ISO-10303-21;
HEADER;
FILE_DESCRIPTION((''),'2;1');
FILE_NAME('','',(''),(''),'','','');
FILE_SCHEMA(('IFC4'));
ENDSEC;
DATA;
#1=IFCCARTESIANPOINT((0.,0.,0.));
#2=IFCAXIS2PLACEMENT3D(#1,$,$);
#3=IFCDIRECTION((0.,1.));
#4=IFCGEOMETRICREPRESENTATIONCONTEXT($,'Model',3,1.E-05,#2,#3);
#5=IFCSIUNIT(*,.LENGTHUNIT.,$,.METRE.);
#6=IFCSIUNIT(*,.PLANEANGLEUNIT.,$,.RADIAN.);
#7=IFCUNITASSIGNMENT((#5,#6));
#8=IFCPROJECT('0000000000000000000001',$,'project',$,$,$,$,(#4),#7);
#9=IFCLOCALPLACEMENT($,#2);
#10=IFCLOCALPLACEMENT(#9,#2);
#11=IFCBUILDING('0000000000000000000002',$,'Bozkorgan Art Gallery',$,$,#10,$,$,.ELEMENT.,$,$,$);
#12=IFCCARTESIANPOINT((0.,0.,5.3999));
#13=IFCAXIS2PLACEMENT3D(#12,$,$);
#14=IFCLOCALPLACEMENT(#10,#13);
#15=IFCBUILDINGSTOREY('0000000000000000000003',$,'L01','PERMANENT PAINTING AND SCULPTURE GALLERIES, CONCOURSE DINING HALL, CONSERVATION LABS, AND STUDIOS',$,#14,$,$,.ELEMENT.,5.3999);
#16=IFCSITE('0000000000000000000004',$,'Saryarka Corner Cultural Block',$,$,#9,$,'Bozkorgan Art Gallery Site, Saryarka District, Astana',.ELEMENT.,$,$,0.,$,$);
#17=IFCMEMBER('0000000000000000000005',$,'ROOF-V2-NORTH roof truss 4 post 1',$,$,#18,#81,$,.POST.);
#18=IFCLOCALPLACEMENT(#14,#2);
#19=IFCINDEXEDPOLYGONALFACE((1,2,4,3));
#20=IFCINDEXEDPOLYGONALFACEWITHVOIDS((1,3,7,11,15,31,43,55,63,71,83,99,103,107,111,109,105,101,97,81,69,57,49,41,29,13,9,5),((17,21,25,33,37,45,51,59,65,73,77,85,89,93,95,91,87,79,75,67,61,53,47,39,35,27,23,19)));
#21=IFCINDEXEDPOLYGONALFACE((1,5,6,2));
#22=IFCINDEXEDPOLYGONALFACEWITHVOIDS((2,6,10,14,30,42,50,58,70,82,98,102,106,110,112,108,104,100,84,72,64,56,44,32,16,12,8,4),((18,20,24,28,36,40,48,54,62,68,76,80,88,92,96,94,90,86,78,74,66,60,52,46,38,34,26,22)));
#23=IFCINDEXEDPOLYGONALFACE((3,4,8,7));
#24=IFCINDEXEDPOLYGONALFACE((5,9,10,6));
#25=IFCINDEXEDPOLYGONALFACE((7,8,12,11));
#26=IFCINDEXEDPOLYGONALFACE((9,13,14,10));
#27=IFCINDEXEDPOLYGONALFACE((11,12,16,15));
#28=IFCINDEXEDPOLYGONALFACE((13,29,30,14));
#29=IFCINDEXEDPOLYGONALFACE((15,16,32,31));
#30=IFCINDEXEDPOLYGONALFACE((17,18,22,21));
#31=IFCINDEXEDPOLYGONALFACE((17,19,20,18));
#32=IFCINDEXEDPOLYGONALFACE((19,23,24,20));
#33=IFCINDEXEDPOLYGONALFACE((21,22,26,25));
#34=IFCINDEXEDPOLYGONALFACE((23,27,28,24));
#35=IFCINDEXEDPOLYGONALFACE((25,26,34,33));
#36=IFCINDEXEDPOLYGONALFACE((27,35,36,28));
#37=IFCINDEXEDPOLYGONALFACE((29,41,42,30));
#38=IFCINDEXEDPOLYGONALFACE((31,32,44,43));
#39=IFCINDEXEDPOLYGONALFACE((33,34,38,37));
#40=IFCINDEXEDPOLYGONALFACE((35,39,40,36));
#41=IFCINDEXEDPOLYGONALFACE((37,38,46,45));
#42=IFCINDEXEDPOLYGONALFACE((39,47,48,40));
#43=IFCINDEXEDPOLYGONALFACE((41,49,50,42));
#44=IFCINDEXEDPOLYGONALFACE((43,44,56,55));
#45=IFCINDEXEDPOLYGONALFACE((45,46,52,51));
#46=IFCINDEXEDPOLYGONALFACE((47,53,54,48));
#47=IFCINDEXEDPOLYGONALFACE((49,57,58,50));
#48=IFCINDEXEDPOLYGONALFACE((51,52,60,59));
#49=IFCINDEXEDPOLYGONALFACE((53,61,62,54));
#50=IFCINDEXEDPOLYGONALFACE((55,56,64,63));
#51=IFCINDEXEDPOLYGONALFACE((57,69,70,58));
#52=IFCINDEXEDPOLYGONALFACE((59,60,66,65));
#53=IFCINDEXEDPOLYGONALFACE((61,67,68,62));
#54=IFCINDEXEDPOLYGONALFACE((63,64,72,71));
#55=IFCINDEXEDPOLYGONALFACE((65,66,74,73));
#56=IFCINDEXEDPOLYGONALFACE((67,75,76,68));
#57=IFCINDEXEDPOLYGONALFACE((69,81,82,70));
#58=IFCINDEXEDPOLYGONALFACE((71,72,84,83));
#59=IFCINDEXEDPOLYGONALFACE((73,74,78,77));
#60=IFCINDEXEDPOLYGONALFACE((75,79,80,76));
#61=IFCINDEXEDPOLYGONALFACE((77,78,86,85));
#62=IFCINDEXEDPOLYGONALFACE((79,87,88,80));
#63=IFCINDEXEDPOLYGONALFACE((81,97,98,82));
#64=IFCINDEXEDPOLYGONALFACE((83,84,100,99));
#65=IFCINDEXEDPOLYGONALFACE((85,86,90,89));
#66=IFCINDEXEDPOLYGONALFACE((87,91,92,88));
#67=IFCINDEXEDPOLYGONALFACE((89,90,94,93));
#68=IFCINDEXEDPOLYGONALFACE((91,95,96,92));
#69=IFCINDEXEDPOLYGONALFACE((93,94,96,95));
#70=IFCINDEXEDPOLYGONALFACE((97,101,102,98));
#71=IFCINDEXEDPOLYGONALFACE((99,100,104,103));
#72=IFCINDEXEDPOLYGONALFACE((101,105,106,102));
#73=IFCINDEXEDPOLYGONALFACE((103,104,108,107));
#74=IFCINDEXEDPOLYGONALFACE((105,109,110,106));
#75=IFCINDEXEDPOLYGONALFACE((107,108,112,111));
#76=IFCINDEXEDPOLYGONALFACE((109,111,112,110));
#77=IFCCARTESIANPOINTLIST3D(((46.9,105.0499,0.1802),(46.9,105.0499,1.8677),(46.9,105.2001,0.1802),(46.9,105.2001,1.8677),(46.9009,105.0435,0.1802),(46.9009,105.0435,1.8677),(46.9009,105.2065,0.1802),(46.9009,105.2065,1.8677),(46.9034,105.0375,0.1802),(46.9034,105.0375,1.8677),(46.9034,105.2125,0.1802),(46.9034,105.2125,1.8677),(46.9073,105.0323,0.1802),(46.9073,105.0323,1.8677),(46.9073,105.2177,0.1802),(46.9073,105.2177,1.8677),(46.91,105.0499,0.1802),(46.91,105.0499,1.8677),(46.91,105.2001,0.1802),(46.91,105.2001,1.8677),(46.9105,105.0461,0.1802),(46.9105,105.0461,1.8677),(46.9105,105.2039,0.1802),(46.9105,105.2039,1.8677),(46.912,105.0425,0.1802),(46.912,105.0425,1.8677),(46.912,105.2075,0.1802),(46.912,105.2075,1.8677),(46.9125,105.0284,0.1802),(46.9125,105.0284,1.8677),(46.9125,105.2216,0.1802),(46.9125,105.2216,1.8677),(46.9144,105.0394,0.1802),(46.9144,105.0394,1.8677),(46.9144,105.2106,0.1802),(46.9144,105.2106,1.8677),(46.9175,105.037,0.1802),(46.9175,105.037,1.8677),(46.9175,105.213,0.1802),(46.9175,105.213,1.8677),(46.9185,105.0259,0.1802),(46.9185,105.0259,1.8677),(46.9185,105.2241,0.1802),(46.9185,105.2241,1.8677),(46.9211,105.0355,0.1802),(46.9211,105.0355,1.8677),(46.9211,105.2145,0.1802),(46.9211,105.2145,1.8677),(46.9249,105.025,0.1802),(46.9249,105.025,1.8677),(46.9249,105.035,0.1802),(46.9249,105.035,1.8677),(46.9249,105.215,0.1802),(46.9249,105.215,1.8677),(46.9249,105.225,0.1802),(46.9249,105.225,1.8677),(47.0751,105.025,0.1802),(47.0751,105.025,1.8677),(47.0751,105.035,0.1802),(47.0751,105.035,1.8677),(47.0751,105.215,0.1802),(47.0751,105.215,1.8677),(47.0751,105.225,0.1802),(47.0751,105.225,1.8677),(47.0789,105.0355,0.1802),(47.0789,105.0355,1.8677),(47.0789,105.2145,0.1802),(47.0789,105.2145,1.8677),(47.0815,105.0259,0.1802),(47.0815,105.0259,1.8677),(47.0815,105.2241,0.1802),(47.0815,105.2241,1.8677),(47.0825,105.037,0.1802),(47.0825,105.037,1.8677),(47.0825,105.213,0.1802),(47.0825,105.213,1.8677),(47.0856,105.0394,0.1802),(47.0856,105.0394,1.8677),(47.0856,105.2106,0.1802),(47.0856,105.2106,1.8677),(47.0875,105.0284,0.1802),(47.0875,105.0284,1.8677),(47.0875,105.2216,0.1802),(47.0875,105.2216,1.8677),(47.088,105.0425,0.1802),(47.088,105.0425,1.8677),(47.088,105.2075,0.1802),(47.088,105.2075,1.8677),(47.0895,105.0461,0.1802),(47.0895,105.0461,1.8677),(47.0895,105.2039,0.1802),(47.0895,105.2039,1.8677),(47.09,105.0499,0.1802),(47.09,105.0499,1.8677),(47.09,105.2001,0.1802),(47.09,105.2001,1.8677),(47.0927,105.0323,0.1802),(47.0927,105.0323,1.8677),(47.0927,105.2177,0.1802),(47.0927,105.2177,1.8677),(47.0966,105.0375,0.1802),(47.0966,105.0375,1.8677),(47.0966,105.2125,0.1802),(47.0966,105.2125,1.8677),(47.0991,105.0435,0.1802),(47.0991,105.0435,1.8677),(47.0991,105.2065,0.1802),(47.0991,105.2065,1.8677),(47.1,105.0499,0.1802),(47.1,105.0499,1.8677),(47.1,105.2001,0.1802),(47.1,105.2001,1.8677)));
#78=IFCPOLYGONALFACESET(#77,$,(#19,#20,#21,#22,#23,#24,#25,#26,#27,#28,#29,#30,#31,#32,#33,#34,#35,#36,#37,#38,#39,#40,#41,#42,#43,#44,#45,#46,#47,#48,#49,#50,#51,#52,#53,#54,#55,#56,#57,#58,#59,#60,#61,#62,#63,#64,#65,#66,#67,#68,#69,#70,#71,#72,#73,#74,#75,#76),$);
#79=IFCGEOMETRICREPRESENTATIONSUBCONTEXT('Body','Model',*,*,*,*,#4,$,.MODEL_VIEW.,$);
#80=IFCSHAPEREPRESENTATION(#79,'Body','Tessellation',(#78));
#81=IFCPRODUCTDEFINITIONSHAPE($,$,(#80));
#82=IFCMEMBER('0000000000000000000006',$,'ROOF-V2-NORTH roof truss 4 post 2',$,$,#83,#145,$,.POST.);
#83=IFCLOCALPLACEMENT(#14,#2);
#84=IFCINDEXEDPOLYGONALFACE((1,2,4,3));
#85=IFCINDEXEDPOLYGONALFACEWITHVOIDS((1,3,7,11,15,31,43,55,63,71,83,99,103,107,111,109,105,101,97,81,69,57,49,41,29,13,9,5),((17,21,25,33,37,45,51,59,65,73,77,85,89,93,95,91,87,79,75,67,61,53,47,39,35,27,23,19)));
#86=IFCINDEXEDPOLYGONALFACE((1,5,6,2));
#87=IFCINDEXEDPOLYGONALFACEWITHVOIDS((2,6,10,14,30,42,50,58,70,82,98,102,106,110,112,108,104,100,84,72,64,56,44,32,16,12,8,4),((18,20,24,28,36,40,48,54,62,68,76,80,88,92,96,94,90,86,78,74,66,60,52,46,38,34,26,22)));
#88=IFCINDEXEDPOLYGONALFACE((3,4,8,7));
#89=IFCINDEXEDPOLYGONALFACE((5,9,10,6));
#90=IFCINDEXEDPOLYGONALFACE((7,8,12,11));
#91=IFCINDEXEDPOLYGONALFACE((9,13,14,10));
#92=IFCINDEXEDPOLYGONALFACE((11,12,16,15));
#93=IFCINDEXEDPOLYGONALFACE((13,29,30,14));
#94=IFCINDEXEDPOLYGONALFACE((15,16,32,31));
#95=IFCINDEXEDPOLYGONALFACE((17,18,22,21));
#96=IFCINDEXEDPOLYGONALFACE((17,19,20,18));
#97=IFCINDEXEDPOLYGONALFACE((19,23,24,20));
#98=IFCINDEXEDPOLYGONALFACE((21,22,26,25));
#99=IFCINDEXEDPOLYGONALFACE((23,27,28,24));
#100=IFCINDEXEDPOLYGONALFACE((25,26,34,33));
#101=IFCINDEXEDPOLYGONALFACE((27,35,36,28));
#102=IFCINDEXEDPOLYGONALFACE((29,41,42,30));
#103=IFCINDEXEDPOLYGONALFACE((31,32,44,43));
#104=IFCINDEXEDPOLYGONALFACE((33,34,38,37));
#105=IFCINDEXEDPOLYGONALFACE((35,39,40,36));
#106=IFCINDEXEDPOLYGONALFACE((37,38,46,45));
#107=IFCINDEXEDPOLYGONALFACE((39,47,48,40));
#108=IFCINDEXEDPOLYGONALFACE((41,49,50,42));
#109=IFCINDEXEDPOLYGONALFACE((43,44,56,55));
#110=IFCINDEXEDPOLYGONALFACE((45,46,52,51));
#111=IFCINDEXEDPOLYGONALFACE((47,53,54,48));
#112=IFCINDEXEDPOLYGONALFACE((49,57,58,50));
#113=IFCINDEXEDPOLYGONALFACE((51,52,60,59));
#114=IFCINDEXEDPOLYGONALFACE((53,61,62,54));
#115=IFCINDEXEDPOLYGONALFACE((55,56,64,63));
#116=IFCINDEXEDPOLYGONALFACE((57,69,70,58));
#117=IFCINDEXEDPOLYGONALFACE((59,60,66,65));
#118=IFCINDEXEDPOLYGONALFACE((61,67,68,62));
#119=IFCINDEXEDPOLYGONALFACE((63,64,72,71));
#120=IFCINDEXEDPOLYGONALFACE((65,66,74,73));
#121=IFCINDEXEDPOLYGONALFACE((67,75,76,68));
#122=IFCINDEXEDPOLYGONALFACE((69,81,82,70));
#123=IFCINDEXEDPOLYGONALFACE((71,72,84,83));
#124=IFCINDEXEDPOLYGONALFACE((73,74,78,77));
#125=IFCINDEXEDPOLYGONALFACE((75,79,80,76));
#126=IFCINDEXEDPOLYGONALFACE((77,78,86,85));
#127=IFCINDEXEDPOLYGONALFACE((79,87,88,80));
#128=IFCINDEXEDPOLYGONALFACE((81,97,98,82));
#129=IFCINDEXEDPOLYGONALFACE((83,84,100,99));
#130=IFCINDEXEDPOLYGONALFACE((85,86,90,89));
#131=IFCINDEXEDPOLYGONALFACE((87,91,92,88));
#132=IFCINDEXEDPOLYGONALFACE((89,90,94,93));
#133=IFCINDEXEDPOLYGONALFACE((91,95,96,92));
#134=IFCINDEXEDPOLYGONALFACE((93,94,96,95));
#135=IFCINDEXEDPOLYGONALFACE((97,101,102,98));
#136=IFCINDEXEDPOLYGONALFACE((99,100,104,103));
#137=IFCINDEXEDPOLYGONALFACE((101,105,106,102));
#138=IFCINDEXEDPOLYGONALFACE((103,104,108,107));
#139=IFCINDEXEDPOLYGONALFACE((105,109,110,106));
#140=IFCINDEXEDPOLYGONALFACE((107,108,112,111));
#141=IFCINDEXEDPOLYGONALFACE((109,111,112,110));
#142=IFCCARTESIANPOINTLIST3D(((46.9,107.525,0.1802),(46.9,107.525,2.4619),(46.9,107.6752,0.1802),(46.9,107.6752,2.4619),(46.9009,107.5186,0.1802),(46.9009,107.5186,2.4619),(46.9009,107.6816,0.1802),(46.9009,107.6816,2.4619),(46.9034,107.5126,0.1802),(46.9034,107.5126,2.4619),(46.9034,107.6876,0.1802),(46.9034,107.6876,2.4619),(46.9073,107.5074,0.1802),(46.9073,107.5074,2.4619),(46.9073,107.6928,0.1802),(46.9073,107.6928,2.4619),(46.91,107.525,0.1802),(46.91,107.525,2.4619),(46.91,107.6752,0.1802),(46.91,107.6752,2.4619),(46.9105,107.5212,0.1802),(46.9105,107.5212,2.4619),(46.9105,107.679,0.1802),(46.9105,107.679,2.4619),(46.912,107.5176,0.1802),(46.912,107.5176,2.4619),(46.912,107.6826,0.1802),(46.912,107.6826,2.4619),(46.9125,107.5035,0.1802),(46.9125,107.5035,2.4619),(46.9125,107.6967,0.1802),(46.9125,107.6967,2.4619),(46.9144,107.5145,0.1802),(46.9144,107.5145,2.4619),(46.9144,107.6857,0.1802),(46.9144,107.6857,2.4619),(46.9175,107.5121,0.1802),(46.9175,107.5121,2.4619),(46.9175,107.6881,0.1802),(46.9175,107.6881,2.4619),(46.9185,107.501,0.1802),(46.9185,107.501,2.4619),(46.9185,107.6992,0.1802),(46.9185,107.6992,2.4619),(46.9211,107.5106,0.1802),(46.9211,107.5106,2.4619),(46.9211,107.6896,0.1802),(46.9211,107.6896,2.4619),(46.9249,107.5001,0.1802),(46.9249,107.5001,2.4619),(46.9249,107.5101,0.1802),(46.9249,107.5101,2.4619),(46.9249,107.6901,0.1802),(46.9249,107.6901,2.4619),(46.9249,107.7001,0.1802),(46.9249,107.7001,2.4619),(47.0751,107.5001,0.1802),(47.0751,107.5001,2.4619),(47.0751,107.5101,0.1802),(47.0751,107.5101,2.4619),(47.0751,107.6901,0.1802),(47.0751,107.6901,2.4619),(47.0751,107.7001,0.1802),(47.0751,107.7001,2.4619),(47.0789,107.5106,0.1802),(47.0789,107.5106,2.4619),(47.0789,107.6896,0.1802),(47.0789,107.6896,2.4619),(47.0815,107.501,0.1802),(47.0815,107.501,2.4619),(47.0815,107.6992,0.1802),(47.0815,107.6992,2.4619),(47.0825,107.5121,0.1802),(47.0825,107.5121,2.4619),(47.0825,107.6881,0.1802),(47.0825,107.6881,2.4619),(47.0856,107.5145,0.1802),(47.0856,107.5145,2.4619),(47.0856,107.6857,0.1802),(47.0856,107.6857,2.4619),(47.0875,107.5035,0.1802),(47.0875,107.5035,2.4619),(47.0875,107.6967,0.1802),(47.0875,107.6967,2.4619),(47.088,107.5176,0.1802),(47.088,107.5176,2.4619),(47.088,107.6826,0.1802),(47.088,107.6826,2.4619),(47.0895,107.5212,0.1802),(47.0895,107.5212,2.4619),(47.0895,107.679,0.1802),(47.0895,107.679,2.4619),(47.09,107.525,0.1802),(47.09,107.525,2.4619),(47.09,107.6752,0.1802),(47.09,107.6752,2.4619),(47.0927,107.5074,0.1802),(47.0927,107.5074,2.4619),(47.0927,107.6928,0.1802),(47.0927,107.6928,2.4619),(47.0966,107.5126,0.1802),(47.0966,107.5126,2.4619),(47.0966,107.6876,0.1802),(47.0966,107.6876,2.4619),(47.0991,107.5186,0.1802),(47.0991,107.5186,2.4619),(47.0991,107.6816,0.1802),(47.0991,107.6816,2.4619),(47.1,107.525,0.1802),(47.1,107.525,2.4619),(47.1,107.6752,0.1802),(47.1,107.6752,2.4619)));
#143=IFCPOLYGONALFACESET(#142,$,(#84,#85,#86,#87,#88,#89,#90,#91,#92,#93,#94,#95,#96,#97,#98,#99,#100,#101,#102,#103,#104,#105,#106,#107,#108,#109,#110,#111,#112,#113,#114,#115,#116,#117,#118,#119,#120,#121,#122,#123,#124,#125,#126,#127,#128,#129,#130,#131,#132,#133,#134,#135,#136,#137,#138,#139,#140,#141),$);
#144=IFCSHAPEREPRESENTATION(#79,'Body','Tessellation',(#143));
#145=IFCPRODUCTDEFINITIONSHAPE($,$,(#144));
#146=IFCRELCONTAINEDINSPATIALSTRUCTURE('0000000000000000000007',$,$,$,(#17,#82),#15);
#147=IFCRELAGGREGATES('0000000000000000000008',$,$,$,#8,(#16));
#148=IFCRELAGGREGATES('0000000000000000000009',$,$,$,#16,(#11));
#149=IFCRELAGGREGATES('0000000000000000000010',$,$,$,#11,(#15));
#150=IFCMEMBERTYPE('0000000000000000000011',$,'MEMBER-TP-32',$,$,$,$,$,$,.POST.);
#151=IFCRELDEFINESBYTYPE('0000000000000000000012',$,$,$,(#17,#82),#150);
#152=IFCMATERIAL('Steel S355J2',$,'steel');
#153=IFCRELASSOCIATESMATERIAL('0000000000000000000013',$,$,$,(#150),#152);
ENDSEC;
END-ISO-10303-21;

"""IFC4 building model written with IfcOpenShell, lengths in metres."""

from ifc_helpers import new_model, si_unit, direction, frame, origin, origin_2d, place, context, subcontext, project, spatial, hollow_rectangle, extrude, material, material_profile, profile_set, type_object, element, save


model = new_model("IFC4")

# Units and contexts
model_context = context("Model", 3, precision=1e-05, world=origin(), true_north=direction((0.0, 1.0)))
body_context = subcontext(model_context, "Body", "Model", "MODEL_VIEW")
ifc_project = project(units=[si_unit("LENGTHUNIT", "METRE"), si_unit("PLANEANGLEUNIT", "RADIAN")], contexts=[model_context])

# Site, building, storey
site_placement = place(None, origin())
site = spatial("IfcSite", under=ifc_project, at=site_placement, Name="Saryarka Corner Cultural Block", LongName="Bozkorgan Art Gallery Site, Saryarka District, Astana", CompositionType="ELEMENT", RefElevation=0.0)
building_placement = place(site_placement, origin())
building = spatial("IfcBuilding", under=site, at=building_placement, Name="Bozkorgan Art Gallery", CompositionType="ELEMENT")
storey_placement = place(building_placement, frame((0.0, 0.0, 5.3999)))
storey = spatial("IfcBuildingStorey", under=building, at=storey_placement, Name="L01", Description="PERMANENT PAINTING AND SCULPTURE GALLERIES, CONCOURSE DINING HALL, CONSERVATION LABS, AND STUDIOS", CompositionType="ELEMENT", Elevation=5.3999)

# Members
ifc_material_1 = material(Name="Steel S355J2", Category="steel")
ifc_material_profile_1 = material_profile(ifc_material_1, hollow_rectangle(XDim=0.2, YDim=0.2, WallThickness=0.01, InnerFilletRadius=0.0149, OuterFilletRadius=0.0249, at=origin_2d()), Name="SHS 200x200x10")
ifc_profile_set_1 = profile_set([ifc_material_profile_1], Name="Steel S355J2")
member_type_1 = type_object("IfcMemberType", Name="MEMBER-TP-32", PredefinedType="POST", material=ifc_profile_set_1)
member_1_placement = place(storey_placement, frame((47.0, 105.125, 0.1802), z_axis=(0.0, 0.0, 1.0), x_axis=(1.0, 0.0, 0.0)))
element("IfcMember", 1, at=member_1_placement, inside=storey, type_object=member_type_1, Name="ROOF-V2-NORTH roof truss 4 post 1", PredefinedType="POST", context=body_context, shape_type="SweptSolid", body=[
    extrude(hollow_rectangle(XDim=0.2, YDim=0.2, WallThickness=0.01, InnerFilletRadius=0.0149, OuterFilletRadius=0.0249, at=origin_2d()), origin(), (0.0, 0.0, 1.0), 1.6875),
])
member_2_placement = place(storey_placement, frame((47.0, 107.6001, 0.1802), z_axis=(0.0, 0.0, 1.0), x_axis=(1.0, 0.0, 0.0)))
element("IfcMember", 2, at=member_2_placement, inside=storey, type_object=member_type_1, Name="ROOF-V2-NORTH roof truss 4 post 2", PredefinedType="POST", context=body_context, shape_type="SweptSolid", body=[
    extrude(hollow_rectangle(XDim=0.2, YDim=0.2, WallThickness=0.01, InnerFilletRadius=0.0149, OuterFilletRadius=0.0249, at=origin_2d()), origin(), (0.0, 0.0, 1.0), 2.2817),
])

save(model, "model.ifc")
